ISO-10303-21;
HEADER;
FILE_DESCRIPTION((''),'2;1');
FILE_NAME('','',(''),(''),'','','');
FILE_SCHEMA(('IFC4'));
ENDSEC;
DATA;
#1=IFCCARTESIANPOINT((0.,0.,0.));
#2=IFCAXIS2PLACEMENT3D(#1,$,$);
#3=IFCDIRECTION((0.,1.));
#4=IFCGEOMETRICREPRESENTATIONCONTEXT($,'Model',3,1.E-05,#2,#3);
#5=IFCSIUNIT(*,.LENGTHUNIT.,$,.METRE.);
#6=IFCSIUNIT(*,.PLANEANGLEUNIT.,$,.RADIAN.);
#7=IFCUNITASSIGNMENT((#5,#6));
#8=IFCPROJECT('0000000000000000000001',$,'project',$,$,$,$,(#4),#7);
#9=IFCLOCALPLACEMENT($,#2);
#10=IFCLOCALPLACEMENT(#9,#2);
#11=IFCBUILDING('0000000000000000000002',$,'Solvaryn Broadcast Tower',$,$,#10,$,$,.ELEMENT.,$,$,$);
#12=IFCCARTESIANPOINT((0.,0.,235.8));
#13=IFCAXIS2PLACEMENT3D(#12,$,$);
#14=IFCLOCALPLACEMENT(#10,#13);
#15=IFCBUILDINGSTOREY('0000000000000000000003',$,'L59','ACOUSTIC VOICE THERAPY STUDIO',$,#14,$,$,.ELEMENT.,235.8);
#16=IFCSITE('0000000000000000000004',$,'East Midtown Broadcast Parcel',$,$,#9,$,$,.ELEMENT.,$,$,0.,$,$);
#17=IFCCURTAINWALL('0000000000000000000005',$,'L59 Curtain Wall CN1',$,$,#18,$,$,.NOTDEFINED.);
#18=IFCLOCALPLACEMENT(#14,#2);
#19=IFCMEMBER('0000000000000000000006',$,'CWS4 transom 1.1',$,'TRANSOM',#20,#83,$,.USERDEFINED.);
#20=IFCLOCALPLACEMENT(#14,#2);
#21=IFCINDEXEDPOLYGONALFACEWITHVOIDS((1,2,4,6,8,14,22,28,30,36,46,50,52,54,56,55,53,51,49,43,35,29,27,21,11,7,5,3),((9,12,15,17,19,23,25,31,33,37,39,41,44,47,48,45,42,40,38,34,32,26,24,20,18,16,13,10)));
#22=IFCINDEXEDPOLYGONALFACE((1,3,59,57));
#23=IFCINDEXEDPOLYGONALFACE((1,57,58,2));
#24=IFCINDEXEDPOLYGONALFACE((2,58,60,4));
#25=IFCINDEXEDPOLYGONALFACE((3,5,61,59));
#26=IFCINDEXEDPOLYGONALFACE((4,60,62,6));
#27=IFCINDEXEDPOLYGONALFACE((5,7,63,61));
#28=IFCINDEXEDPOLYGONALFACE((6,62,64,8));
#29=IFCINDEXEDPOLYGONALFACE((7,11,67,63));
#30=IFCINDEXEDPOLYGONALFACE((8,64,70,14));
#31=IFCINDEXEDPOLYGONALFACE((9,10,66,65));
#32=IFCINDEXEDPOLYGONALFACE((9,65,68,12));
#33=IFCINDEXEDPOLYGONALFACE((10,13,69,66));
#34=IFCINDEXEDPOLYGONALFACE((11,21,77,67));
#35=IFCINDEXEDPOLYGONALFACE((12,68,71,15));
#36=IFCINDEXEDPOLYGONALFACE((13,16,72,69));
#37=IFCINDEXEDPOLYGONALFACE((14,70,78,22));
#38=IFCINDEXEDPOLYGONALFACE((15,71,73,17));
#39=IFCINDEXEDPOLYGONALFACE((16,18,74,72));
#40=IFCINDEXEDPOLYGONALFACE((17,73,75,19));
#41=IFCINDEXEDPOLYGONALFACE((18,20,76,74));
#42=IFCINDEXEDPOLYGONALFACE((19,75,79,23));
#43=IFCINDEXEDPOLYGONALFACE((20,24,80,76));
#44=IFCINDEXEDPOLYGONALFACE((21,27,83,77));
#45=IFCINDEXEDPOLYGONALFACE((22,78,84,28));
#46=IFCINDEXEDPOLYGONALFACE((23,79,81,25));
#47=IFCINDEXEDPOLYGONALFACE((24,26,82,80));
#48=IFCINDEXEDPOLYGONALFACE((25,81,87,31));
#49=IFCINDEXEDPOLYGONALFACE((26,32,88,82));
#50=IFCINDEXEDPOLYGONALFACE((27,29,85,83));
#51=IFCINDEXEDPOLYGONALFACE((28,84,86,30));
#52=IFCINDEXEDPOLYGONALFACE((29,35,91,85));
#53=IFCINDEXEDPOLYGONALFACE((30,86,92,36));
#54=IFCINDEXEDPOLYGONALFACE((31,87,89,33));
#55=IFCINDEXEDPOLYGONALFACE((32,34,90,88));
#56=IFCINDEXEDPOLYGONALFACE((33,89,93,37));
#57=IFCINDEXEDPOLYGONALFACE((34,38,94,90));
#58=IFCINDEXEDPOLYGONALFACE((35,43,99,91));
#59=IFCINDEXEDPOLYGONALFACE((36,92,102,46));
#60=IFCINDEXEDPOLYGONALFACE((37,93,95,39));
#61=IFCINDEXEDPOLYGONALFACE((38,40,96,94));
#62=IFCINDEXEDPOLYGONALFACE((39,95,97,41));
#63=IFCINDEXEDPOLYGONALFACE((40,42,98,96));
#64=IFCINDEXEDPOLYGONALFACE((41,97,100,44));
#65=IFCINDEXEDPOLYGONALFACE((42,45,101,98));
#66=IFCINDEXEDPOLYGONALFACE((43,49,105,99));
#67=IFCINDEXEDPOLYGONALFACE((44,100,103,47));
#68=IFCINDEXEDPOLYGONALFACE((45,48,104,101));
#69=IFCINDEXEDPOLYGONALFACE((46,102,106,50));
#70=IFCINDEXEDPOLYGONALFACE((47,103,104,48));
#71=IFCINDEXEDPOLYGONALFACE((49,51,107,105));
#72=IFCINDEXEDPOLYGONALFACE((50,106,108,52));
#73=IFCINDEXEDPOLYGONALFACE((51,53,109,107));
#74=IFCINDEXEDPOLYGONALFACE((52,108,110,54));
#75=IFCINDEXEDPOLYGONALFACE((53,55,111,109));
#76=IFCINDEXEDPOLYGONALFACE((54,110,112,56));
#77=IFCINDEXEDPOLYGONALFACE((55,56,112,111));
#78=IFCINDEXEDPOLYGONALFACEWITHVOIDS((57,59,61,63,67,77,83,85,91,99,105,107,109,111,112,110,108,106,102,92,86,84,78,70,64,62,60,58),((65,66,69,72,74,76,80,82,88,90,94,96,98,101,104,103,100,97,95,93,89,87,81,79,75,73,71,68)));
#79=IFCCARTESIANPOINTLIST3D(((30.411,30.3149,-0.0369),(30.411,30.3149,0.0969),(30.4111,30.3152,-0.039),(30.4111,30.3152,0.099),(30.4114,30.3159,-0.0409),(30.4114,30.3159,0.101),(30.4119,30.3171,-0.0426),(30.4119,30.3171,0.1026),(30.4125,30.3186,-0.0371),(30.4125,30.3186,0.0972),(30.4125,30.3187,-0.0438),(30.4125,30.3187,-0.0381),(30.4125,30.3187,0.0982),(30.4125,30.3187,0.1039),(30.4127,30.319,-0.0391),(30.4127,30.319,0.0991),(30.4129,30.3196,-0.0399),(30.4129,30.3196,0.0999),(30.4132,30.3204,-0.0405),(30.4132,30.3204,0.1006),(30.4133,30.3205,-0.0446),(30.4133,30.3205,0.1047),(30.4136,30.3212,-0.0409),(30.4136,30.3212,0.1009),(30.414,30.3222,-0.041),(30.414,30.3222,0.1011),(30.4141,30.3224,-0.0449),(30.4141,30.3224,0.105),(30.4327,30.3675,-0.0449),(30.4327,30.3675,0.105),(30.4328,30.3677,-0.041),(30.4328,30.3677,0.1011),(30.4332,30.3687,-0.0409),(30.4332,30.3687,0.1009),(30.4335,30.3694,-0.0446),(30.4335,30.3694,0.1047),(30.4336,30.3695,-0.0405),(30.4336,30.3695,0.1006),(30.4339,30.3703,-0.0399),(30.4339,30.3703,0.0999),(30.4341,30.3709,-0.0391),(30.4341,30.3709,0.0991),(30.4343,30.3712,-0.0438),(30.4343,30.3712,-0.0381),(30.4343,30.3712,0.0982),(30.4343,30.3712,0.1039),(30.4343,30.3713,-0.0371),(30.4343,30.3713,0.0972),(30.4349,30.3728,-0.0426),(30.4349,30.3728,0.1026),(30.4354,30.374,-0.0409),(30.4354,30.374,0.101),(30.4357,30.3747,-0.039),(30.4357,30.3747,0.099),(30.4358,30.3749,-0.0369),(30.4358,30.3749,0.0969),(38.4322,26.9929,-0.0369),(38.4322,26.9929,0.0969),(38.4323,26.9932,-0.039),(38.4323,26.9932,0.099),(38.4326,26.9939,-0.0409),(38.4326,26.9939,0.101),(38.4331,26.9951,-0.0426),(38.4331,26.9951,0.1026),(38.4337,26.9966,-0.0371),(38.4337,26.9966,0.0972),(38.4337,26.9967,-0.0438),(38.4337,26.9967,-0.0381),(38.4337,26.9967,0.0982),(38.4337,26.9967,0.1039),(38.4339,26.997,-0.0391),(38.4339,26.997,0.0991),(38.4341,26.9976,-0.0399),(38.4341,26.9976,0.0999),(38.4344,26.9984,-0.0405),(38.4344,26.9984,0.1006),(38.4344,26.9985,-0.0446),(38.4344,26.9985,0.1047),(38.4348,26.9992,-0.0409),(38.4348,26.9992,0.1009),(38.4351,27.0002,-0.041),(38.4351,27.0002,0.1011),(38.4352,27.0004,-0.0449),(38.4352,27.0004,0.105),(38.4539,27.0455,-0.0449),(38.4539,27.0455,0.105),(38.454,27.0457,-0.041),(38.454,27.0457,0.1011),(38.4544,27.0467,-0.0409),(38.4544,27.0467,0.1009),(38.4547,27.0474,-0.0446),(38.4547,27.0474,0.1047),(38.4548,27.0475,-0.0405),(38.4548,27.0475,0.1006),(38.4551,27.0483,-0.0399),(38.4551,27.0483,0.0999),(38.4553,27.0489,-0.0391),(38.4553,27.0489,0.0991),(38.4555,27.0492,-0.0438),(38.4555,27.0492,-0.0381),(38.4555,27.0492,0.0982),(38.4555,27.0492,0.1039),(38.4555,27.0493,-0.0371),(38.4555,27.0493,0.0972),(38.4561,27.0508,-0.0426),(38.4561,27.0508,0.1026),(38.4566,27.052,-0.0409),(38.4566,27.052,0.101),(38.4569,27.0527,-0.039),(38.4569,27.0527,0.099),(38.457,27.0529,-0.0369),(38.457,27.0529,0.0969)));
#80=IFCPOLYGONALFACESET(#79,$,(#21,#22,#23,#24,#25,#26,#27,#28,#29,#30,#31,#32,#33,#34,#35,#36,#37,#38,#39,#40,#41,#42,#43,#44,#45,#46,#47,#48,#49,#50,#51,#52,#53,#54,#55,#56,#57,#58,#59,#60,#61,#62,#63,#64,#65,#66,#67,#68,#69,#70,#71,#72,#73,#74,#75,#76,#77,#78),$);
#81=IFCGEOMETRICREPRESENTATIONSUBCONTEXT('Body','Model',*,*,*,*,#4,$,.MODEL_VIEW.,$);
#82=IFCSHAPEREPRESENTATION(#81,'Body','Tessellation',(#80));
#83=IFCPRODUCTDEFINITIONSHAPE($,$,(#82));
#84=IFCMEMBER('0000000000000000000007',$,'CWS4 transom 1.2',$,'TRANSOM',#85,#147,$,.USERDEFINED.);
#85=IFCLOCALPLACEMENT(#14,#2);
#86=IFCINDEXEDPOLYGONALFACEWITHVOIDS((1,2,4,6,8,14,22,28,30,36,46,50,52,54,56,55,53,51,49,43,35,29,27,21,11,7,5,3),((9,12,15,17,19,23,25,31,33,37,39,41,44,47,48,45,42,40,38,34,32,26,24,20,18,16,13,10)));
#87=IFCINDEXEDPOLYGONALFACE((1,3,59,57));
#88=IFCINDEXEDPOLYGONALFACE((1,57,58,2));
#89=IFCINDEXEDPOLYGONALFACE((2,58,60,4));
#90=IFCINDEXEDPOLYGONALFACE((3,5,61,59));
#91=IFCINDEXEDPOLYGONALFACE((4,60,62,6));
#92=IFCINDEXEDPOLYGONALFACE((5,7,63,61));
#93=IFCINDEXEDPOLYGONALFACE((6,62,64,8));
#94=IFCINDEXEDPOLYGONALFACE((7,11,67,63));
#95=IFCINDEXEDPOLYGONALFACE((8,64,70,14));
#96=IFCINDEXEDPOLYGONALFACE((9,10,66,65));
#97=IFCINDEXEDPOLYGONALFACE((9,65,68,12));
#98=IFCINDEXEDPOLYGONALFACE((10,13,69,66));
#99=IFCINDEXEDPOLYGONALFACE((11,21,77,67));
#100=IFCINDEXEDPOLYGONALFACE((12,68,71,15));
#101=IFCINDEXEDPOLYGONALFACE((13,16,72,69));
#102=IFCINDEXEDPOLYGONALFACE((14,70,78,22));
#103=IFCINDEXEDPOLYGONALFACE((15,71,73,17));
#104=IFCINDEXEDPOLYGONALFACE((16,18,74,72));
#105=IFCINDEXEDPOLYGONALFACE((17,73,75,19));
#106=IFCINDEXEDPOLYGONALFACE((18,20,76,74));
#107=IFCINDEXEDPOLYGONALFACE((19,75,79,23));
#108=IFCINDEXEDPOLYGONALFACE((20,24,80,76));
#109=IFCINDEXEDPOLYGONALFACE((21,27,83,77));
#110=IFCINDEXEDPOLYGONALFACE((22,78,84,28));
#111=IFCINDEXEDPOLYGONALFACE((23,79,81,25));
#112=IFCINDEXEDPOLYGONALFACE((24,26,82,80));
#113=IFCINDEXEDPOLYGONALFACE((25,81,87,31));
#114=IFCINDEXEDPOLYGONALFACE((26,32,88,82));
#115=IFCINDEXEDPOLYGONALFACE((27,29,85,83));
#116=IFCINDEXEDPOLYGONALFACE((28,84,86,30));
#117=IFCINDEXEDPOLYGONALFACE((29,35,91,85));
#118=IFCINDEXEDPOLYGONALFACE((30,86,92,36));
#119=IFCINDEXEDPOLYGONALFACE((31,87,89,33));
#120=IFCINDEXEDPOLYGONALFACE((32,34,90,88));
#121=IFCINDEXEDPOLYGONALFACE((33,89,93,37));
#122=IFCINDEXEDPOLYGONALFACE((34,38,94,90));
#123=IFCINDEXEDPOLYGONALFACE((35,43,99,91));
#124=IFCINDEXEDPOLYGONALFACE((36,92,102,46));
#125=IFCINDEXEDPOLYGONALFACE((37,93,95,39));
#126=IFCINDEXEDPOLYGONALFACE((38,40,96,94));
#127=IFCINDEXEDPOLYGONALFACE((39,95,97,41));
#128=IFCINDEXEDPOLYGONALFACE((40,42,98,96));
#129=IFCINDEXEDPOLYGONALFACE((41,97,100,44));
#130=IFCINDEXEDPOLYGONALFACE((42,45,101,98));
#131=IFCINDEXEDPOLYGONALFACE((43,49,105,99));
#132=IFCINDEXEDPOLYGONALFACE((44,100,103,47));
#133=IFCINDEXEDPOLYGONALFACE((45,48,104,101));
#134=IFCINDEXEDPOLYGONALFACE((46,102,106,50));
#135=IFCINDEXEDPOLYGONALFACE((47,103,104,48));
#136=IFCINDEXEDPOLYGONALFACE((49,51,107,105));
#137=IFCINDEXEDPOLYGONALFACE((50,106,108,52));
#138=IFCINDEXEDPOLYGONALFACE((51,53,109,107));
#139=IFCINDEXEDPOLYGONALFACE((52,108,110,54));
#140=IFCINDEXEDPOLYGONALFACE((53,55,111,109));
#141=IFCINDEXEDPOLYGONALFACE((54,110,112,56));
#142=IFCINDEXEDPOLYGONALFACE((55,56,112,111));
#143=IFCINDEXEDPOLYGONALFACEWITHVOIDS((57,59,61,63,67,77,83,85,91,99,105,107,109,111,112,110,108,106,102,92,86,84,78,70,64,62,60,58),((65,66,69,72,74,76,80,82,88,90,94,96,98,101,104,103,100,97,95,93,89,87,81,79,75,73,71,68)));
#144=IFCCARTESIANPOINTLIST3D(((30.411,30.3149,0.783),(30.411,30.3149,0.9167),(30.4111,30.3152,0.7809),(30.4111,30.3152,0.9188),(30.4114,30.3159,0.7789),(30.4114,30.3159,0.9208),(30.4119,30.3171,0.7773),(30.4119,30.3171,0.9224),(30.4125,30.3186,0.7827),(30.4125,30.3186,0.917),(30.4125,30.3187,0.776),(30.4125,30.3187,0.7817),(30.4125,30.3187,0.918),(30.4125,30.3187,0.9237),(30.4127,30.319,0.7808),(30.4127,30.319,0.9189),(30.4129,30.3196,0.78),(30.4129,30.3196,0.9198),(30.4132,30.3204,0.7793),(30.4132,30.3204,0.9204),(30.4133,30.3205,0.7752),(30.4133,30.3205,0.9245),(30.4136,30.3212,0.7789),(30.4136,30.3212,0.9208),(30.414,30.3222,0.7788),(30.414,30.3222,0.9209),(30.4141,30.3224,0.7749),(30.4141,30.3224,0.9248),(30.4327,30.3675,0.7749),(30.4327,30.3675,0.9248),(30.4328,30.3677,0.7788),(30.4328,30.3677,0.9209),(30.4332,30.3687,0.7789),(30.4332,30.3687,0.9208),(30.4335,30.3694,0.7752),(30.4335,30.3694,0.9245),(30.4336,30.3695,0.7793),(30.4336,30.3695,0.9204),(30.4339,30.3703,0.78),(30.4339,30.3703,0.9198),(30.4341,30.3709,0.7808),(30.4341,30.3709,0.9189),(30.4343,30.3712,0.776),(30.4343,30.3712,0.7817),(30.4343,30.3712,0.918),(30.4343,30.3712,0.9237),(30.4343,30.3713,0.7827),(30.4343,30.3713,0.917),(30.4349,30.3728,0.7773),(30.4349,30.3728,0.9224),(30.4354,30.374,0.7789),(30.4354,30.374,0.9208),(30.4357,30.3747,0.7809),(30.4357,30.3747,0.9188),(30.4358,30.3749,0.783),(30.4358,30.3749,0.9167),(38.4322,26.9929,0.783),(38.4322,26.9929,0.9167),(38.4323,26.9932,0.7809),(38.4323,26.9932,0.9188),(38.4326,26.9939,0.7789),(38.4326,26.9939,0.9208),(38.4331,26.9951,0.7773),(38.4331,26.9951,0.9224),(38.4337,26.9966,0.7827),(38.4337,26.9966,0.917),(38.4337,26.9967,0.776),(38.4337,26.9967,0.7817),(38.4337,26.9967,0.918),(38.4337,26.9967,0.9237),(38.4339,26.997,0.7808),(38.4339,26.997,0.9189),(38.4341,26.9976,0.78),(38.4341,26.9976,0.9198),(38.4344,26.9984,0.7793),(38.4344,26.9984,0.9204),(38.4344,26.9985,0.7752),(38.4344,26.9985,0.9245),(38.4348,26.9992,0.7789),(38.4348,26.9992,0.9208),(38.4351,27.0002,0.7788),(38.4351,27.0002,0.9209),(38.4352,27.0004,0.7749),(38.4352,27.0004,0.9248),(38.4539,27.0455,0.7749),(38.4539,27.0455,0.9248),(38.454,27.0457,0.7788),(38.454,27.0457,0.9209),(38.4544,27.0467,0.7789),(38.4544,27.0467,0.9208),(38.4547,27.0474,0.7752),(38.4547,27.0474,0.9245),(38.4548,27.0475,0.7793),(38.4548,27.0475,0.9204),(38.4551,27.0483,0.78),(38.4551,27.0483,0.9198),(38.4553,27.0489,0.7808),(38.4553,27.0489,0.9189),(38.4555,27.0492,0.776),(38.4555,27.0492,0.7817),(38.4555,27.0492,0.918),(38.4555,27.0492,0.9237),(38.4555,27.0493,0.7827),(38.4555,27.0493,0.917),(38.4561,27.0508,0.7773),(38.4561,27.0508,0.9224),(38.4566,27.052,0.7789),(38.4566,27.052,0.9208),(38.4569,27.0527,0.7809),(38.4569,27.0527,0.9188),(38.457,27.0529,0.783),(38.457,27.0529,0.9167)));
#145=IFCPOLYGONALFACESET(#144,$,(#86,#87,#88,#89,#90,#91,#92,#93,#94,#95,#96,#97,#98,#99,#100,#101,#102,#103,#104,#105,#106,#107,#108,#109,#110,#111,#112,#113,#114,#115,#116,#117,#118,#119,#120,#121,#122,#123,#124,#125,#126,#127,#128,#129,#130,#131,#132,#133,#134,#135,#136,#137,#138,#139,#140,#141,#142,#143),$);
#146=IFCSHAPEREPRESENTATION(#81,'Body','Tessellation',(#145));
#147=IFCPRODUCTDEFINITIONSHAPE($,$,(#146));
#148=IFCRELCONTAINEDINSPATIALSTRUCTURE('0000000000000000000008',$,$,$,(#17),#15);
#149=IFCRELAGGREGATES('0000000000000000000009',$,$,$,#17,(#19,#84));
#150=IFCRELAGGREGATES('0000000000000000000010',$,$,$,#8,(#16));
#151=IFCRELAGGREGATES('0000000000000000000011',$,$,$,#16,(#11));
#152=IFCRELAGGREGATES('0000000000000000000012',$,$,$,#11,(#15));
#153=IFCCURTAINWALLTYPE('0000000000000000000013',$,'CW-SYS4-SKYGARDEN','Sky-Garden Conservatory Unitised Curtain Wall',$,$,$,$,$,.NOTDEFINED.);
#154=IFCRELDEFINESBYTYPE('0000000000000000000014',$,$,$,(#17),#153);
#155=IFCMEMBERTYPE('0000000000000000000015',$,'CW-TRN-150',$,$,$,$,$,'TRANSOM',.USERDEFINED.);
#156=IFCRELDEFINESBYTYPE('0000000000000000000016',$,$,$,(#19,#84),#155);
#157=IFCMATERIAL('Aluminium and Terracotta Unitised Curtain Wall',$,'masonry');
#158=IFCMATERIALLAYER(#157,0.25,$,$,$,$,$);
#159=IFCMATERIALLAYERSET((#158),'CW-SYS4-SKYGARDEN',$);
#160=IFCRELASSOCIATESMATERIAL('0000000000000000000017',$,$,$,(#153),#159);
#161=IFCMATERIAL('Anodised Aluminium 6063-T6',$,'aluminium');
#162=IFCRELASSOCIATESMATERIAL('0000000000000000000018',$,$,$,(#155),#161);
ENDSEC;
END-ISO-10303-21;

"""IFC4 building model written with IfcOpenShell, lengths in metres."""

from ifc_helpers import new_model, si_unit, direction, frame, origin, origin_2d, place, context, subcontext, project, spatial, hollow_rectangle, extrude, material, layer, layer_set, material_profile, profile_set, type_object, element, aggregate, save


model = new_model("IFC4")

# Units and contexts
model_context = context("Model", 3, precision=1e-05, world=origin(), true_north=direction((0.0, 1.0)))
body_context = subcontext(model_context, "Body", "Model", "MODEL_VIEW")
ifc_project = project(units=[si_unit("LENGTHUNIT", "METRE"), si_unit("PLANEANGLEUNIT", "RADIAN")], contexts=[model_context])

# Site, building, storey
site_placement = place(None, origin())
site = spatial("IfcSite", under=ifc_project, at=site_placement, Name="East Midtown Broadcast Parcel", CompositionType="ELEMENT", RefElevation=0.0)
building_placement = place(site_placement, origin())
building = spatial("IfcBuilding", under=site, at=building_placement, Name="Solvaryn Broadcast Tower", CompositionType="ELEMENT")
storey_placement = place(building_placement, frame((0.0, 0.0, 235.8)))
storey = spatial("IfcBuildingStorey", under=building, at=storey_placement, Name="L59", Description="ACOUSTIC VOICE THERAPY STUDIO", CompositionType="ELEMENT", Elevation=235.8)

# Curtain wall
ifc_material_1 = material(Name="Aluminium and Terracotta Unitised Curtain Wall", Category="masonry")
ifc_layer_1 = layer(ifc_material_1, 0.25)
ifc_layer_set_1 = layer_set([ifc_layer_1], Name="CW-SYS4-SKYGARDEN")
curtain_wall_type = type_object("IfcCurtainWallType", Name="CW-SYS4-SKYGARDEN", Description="Sky-Garden Conservatory Unitised Curtain Wall", PredefinedType="NOTDEFINED", material=ifc_layer_set_1)
curtain_wall_1_placement = place(storey_placement, origin())
curtain_wall_1 = element("IfcCurtainWall", 1, at=curtain_wall_1_placement, inside=storey, type_object=curtain_wall_type, Name="L59 Curtain Wall CN1", PredefinedType="NOTDEFINED")

# Members
ifc_material_2 = material(Name="Anodised Aluminium 6063-T6", Category="aluminium")
ifc_material_profile_1 = material_profile(ifc_material_2, hollow_rectangle(XDim=0.0649, YDim=0.1499, WallThickness=0.0039, InnerFilletRadius=0.0039, OuterFilletRadius=0.0081, at=origin_2d()))
ifc_profile_set_1 = profile_set([ifc_material_profile_1], Name="Anodised Aluminium 6063-T6")
member_type_1 = type_object("IfcMemberType", Name="CW-TRN-150", ElementType="TRANSOM", PredefinedType="USERDEFINED", material=ifc_profile_set_1)
member_1_placement = place(storey_placement, frame((38.4446, 27.0229, 0.03), z_axis=(-0.923899, 0.382636, 0.0), x_axis=(-0.382636, -0.923899, 0.0)))
member_1 = element("IfcMember", 2, at=member_1_placement, type_object=member_type_1, Name="CWS4 transom 1.1", ObjectType="TRANSOM", PredefinedType="USERDEFINED", context=body_context, shape_type="SweptSolid", body=[
    extrude(hollow_rectangle(XDim=0.0649, YDim=0.1499, WallThickness=0.0039, InnerFilletRadius=0.0039, OuterFilletRadius=0.0081, at=origin_2d()), origin(), (0.0, 0.0, 1.0), 8.6819),
])
member_2_placement = place(storey_placement, frame((38.4446, 27.0229, 0.8499), z_axis=(-0.923899, 0.382636, 0.0), x_axis=(-0.382636, -0.923899, 0.0)))
member_2 = element("IfcMember", 3, at=member_2_placement, type_object=member_type_1, Name="CWS4 transom 1.2", ObjectType="TRANSOM", PredefinedType="USERDEFINED", context=body_context, shape_type="SweptSolid", body=[
    extrude(hollow_rectangle(XDim=0.0649, YDim=0.1499, WallThickness=0.0039, InnerFilletRadius=0.0039, OuterFilletRadius=0.0081, at=origin_2d()), origin(), (0.0, 0.0, 1.0), 8.6819),
])

aggregate(curtain_wall_1, [member_1, member_2])

save(model, "model.ifc")
